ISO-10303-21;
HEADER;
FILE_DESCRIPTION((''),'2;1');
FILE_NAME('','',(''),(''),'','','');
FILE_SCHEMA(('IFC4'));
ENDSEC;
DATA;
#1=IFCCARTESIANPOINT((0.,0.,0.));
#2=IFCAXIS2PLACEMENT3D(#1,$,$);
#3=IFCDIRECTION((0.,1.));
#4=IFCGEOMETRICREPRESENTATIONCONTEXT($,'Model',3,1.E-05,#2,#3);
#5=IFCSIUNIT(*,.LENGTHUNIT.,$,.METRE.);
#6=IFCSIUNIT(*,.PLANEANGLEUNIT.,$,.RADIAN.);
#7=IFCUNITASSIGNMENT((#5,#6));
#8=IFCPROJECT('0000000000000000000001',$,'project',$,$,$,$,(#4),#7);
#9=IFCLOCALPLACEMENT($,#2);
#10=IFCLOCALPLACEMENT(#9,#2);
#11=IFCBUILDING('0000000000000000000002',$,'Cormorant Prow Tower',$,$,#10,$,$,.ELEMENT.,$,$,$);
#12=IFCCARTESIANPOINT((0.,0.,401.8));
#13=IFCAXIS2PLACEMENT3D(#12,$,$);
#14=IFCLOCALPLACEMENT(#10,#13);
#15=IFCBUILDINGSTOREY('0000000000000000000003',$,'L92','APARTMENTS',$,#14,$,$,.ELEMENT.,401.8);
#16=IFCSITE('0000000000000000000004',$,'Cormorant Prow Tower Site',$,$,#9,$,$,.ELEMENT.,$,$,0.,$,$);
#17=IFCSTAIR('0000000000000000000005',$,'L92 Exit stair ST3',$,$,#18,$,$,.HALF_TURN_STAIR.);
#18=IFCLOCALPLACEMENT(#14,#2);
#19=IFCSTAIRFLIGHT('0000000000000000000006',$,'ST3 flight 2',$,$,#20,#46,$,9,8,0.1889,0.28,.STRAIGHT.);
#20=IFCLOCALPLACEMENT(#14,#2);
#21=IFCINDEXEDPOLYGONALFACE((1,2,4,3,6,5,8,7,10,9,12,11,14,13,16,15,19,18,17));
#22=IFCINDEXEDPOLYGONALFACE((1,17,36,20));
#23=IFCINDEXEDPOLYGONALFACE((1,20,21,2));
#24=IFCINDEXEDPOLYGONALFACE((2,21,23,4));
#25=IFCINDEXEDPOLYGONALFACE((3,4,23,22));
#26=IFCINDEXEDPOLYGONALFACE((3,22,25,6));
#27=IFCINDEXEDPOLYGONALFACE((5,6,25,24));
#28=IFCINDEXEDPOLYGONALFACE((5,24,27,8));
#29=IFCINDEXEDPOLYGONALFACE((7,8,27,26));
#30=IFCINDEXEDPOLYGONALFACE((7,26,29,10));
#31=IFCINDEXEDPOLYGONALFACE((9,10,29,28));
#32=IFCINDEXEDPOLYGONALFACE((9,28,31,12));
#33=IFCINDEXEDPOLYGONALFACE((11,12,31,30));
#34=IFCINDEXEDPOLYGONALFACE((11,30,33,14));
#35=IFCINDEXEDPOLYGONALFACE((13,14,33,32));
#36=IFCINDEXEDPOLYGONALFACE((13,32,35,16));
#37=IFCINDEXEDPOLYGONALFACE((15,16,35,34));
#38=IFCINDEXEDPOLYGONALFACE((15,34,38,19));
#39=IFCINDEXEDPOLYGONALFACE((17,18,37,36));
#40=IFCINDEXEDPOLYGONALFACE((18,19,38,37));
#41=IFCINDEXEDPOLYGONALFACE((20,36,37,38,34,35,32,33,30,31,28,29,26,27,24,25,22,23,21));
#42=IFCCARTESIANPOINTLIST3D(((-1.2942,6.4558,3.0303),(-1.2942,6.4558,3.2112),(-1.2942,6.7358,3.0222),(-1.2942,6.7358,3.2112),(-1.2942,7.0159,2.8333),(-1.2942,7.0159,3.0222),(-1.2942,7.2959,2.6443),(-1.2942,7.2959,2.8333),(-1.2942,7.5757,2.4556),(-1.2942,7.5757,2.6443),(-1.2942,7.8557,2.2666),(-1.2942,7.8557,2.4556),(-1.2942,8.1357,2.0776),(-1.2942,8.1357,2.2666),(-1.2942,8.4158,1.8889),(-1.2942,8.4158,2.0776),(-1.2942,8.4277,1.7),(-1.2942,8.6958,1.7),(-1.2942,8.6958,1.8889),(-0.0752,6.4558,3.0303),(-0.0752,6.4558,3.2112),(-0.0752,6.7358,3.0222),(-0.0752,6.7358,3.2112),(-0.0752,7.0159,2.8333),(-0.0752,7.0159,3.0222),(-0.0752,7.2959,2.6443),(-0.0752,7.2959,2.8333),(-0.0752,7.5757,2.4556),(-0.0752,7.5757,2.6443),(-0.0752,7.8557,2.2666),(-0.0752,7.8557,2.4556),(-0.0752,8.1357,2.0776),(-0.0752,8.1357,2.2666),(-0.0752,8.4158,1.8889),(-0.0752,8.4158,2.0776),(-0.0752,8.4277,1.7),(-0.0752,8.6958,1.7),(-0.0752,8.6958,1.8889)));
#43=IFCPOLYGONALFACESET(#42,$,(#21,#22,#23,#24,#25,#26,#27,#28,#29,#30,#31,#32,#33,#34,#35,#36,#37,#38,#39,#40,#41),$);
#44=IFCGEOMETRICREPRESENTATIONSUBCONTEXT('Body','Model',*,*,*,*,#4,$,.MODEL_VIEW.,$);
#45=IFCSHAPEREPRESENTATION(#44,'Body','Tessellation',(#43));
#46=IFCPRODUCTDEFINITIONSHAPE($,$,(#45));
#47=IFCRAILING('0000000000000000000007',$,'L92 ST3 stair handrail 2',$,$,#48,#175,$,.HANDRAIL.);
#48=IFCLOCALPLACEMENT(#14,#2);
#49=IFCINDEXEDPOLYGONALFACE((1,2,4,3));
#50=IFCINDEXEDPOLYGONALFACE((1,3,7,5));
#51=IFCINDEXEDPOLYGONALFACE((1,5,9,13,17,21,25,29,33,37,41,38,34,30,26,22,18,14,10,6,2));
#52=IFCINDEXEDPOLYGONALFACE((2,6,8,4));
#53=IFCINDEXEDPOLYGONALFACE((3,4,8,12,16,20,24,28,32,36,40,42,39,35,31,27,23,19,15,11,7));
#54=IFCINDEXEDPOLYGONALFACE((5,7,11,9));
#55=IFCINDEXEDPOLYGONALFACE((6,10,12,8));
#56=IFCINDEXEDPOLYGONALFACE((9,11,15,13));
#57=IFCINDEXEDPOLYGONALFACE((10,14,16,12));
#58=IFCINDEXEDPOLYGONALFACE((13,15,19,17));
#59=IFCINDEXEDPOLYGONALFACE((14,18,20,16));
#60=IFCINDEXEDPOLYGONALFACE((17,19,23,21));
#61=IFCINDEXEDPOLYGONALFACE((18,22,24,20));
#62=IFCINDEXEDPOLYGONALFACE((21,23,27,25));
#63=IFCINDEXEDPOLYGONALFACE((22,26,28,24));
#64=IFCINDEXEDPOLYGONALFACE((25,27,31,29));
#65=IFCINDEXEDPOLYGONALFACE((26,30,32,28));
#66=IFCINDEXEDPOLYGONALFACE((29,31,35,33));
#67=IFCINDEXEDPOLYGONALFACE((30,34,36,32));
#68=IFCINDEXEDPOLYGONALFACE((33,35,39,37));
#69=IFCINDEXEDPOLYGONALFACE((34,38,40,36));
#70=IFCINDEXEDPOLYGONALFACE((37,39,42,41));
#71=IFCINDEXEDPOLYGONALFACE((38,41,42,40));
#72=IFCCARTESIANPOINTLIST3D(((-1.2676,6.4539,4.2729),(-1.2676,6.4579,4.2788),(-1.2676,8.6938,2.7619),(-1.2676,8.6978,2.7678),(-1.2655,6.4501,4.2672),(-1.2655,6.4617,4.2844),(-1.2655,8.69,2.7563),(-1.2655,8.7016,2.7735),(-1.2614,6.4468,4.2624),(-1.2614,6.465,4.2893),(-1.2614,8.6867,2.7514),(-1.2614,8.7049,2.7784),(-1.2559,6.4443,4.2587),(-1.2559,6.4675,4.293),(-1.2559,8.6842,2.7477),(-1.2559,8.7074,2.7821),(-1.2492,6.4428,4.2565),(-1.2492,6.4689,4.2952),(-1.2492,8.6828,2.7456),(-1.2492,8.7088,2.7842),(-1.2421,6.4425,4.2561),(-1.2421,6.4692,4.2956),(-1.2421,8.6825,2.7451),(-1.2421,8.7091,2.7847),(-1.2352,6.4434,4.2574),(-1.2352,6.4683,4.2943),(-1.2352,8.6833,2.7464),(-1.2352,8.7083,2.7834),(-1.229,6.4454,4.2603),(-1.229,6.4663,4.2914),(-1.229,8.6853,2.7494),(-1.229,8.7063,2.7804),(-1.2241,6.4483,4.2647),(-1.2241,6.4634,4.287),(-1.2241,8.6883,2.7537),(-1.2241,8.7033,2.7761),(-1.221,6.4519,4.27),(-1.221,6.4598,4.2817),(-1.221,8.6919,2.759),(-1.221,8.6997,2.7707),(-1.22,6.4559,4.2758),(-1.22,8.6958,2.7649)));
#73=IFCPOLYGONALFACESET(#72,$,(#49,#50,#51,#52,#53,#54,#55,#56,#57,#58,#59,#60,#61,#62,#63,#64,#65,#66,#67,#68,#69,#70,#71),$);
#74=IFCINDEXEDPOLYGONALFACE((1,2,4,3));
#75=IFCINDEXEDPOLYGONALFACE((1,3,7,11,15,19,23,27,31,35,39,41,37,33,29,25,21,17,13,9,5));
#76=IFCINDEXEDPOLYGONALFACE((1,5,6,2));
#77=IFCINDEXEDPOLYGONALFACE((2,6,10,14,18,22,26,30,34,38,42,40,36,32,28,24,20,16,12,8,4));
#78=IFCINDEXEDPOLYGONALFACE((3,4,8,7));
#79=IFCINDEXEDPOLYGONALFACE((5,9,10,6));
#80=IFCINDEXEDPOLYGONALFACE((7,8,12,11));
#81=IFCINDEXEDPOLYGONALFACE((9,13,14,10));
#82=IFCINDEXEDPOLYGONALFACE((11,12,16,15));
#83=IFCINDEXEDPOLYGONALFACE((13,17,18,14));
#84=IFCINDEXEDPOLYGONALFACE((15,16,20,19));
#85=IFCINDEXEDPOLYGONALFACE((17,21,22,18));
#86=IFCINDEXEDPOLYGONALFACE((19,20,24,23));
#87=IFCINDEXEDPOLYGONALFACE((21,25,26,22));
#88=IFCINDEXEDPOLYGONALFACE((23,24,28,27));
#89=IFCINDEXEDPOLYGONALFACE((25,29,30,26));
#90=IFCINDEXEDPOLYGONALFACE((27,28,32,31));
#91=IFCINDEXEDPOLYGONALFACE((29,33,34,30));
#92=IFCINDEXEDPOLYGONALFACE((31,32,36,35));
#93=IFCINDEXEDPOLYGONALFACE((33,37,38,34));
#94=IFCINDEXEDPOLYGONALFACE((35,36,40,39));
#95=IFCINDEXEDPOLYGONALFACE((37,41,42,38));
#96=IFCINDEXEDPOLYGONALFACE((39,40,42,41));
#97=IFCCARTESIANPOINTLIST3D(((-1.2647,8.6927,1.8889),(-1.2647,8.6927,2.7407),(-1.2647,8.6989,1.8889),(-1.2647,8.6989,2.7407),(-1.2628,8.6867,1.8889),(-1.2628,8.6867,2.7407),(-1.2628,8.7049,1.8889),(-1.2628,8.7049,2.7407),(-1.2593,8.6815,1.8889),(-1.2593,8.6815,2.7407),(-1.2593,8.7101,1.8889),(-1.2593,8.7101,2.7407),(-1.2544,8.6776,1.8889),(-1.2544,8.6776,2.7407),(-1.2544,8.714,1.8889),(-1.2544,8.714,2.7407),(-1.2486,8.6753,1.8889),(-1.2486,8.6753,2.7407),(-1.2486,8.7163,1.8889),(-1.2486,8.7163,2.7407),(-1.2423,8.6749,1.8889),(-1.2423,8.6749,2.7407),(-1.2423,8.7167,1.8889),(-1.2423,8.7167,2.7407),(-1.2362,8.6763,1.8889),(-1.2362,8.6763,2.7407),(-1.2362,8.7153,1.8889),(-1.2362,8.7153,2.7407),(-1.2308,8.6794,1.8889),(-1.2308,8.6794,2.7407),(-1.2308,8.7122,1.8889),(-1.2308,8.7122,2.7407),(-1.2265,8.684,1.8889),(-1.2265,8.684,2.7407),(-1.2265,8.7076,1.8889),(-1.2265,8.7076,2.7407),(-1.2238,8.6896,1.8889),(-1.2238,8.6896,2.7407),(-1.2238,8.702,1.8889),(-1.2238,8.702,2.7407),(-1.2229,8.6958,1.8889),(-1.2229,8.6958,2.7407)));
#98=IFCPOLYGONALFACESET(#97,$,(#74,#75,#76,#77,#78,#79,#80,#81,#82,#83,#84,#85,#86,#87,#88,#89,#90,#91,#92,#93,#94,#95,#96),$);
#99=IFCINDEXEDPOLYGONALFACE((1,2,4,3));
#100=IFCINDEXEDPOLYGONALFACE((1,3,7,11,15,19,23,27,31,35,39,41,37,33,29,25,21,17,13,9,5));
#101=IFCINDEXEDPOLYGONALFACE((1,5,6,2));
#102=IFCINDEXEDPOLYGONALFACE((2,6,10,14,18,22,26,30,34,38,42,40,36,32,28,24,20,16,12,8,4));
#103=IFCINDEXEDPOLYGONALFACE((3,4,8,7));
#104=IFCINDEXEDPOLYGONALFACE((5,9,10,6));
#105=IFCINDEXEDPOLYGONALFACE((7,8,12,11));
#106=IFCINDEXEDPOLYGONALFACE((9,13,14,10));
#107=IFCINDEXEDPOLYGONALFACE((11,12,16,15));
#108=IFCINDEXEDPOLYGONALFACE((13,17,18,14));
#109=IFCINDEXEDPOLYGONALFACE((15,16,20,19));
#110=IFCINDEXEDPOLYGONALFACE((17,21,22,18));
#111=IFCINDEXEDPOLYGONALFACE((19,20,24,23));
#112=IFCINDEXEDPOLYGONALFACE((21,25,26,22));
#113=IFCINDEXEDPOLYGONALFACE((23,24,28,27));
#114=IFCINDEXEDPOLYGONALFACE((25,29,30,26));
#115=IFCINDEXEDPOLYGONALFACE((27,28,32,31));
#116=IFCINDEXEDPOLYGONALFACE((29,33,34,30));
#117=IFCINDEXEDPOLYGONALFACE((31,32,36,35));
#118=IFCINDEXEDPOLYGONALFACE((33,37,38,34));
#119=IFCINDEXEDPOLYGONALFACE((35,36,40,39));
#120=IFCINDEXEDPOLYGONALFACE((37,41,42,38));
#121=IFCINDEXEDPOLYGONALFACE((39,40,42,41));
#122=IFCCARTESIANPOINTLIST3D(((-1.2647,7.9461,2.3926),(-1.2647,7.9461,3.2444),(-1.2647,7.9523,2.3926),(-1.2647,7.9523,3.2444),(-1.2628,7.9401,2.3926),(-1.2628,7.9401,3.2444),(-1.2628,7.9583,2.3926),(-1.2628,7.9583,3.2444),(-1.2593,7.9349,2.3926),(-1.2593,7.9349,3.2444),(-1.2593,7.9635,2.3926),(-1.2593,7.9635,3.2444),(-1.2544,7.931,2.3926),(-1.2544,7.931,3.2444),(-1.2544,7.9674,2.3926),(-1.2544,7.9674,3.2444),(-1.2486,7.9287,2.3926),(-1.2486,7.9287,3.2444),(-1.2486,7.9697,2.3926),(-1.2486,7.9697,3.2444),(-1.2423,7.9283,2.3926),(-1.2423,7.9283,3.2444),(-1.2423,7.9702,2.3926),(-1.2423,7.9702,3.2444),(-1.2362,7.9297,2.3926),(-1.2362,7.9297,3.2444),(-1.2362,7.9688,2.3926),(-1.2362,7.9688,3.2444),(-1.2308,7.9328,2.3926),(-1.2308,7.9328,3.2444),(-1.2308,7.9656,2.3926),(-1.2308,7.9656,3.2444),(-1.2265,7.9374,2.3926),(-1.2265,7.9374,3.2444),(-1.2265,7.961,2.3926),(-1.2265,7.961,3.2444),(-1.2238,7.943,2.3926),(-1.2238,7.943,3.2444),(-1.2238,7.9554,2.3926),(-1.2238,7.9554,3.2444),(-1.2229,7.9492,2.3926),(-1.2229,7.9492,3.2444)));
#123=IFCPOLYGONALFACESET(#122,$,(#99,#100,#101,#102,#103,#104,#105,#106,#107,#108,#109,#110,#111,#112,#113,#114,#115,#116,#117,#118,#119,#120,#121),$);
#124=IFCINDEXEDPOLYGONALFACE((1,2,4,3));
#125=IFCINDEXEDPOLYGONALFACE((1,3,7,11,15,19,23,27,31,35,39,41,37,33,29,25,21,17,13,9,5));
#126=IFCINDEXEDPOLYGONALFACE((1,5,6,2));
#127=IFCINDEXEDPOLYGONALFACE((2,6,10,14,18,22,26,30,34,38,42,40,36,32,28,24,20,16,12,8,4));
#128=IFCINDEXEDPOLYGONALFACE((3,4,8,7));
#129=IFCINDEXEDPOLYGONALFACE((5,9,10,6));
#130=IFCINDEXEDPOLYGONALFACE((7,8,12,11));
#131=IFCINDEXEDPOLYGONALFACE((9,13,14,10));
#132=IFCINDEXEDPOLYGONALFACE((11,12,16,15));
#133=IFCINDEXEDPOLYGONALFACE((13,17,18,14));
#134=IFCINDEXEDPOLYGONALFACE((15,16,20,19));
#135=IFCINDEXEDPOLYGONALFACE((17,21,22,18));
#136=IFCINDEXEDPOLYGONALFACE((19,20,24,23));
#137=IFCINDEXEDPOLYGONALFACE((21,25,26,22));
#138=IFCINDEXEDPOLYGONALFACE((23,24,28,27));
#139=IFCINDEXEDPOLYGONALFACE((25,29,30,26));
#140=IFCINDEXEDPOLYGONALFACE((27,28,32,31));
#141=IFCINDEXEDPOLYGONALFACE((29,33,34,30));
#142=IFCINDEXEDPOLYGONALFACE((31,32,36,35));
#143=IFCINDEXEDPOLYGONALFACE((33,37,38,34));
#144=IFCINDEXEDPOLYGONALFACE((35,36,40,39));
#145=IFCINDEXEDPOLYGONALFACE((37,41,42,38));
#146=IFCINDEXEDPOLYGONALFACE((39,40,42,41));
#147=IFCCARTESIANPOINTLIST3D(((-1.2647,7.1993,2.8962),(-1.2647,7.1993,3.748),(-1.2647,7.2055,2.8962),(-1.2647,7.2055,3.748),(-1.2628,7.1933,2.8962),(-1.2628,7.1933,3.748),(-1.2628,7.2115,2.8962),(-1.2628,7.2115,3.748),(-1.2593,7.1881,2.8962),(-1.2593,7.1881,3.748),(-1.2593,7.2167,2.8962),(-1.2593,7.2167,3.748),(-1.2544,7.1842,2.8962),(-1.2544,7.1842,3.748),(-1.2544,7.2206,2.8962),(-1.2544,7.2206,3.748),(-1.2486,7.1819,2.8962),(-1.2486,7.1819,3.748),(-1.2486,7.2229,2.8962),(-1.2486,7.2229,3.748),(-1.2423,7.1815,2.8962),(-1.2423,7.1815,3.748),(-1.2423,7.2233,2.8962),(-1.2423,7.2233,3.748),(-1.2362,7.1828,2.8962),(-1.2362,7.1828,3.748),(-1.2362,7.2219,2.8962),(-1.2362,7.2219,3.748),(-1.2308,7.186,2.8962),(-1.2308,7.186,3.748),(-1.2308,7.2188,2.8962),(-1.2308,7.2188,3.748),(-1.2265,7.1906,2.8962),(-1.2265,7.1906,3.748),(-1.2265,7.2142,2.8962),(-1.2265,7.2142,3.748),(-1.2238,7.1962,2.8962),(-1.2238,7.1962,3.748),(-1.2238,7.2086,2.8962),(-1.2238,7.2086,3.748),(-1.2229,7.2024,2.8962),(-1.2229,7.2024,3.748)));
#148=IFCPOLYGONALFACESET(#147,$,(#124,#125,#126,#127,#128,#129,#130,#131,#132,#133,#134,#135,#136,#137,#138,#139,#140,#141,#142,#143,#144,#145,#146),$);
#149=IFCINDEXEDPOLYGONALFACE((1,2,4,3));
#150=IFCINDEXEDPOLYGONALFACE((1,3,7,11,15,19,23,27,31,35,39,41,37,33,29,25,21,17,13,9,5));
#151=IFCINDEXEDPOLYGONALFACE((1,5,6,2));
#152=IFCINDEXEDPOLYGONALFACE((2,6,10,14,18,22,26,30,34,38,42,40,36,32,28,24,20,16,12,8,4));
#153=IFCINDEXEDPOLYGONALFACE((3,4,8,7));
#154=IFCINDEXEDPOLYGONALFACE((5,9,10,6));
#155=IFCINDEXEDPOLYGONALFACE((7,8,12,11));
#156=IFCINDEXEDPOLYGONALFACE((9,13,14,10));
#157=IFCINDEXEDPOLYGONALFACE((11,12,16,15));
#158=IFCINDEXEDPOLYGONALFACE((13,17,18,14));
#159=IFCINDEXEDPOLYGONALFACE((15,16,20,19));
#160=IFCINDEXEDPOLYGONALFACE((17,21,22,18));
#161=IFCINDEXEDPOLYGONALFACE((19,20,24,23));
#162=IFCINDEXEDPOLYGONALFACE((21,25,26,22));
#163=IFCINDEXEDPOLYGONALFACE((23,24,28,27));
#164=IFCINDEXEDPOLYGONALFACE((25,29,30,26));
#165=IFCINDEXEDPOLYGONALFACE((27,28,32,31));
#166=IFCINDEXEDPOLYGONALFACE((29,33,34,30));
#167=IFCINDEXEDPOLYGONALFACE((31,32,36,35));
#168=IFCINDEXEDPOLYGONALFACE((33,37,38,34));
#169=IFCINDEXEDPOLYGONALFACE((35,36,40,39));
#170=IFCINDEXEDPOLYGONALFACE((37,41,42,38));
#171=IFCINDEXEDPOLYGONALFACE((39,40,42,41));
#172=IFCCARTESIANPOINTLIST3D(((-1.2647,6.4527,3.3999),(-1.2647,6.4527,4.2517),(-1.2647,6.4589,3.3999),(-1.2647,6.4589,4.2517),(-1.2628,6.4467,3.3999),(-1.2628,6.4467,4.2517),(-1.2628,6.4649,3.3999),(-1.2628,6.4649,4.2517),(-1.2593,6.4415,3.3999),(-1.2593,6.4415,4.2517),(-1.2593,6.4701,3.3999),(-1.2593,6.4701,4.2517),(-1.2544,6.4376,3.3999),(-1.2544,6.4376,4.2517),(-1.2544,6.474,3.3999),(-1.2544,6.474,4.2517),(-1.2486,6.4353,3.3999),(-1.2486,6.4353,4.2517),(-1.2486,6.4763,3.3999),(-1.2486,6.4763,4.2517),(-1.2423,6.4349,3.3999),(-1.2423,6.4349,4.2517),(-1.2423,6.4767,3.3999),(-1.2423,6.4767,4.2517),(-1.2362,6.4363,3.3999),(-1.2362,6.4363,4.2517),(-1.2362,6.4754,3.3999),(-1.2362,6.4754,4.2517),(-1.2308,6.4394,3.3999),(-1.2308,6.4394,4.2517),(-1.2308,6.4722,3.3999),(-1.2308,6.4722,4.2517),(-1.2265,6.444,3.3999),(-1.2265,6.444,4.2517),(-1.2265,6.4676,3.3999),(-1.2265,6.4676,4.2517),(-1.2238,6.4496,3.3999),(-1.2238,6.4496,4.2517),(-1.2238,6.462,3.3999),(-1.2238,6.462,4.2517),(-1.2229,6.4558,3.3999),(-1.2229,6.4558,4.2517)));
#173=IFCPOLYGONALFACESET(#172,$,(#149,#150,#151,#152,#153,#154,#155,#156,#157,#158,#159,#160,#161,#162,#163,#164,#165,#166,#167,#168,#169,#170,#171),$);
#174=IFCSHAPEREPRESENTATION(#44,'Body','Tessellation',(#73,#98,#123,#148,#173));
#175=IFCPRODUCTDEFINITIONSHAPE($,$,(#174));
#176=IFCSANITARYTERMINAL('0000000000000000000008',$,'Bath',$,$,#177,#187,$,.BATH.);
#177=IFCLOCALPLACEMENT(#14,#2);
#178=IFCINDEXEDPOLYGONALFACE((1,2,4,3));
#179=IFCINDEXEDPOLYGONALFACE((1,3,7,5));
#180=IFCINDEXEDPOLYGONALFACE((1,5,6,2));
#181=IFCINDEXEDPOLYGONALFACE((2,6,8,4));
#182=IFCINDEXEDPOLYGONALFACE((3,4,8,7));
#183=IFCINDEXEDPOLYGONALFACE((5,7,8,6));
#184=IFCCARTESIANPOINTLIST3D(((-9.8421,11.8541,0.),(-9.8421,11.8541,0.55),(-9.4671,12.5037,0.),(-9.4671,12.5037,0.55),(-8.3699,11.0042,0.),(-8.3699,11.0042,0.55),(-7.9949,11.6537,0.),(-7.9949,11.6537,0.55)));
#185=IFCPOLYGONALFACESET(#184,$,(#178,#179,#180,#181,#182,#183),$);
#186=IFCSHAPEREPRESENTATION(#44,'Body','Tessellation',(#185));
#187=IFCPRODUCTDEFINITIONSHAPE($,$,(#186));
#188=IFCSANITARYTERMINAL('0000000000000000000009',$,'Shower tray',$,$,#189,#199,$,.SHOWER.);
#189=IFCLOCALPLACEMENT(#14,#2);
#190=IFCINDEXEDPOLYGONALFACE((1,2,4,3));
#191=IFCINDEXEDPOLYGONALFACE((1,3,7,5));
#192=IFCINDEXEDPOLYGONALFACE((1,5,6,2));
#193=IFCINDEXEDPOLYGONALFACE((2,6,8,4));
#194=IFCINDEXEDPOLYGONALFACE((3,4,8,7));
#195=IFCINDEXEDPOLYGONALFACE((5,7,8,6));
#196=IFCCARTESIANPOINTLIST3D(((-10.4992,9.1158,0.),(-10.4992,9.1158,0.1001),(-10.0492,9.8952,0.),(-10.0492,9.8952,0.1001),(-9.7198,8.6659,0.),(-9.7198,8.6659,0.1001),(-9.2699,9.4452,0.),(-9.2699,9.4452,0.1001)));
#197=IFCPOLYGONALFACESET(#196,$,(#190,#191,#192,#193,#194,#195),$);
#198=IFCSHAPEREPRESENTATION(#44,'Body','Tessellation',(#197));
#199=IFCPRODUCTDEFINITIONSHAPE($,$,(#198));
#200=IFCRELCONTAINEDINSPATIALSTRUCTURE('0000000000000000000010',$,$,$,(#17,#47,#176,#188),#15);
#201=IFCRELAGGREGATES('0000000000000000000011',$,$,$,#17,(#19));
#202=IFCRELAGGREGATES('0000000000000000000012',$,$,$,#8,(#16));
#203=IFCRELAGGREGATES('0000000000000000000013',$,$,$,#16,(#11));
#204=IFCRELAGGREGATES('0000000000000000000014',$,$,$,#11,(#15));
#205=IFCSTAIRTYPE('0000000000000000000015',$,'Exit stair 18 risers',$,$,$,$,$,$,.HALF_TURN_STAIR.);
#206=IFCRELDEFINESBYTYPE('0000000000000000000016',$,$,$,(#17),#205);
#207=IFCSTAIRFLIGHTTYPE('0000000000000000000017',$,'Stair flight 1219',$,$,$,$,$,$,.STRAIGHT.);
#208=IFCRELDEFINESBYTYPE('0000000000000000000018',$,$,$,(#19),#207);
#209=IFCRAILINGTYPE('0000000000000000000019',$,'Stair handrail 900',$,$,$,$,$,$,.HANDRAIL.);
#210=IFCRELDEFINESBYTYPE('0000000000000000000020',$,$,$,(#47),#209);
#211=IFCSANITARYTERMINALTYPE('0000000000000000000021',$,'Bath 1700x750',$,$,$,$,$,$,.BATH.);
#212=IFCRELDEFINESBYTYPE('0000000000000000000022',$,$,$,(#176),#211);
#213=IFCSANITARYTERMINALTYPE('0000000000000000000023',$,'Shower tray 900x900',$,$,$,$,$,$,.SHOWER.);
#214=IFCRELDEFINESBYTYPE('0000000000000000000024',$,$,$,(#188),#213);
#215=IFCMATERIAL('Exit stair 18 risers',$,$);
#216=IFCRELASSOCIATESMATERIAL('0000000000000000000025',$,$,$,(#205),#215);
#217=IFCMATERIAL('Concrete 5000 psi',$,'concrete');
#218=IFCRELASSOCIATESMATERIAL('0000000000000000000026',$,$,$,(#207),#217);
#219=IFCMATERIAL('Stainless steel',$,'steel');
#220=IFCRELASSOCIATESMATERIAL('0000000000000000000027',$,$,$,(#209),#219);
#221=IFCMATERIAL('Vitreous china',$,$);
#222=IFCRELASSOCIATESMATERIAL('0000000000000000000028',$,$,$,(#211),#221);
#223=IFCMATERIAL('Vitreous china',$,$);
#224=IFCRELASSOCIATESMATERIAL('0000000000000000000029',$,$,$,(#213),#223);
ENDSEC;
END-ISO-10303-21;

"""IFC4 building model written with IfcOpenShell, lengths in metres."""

from ifc_helpers import new_model, si_unit, direction, frame, origin, origin_2d, place, context, subcontext, project, spatial, polyline, rectangle, circle, outline, extrude, material, type_object, element, aggregate, save


model = new_model("IFC4")

# Units and contexts
model_context = context("Model", 3, precision=1e-05, world=origin(), true_north=direction((0.0, 1.0)))
body_context = subcontext(model_context, "Body", "Model", "MODEL_VIEW")
ifc_project = project(units=[si_unit("LENGTHUNIT", "METRE"), si_unit("PLANEANGLEUNIT", "RADIAN")], contexts=[model_context])

# Site, building, storey
site_placement = place(None, origin())
site = spatial("IfcSite", under=ifc_project, at=site_placement, Name="Cormorant Prow Tower Site", CompositionType="ELEMENT", RefElevation=0.0)
building_placement = place(site_placement, origin())
building = spatial("IfcBuilding", under=site, at=building_placement, Name="Cormorant Prow Tower", CompositionType="ELEMENT")
storey_placement = place(building_placement, frame((0.0, 0.0, 401.8)))
storey = spatial("IfcBuildingStorey", under=building, at=storey_placement, Name="L92", Description="APARTMENTS", CompositionType="ELEMENT", Elevation=401.8)

# Stair, stair flight
ifc_material_1 = material(Name="Exit stair 18 risers")
stair_type = type_object("IfcStairType", Name="Exit stair 18 risers", PredefinedType="HALF_TURN_STAIR", material=ifc_material_1)
stair_placement = place(storey_placement, origin())
stair = element("IfcStair", 1, at=stair_placement, inside=storey, type_object=stair_type, Name="L92 Exit stair ST3", PredefinedType="HALF_TURN_STAIR")
ifc_material_2 = material(Name="Concrete 5000 psi", Category="concrete")
stair_flight_type = type_object("IfcStairFlightType", Name="Stair flight 1219", PredefinedType="STRAIGHT", material=ifc_material_2)
stair_flight_placement = place(storey_placement, frame((-0.6846, 8.6958, 1.7), z_axis=(0.0, 0.0, 1.0), x_axis=(0.0, -1.0, 0.0)))
stair_flight = element("IfcStairFlight", 2, at=stair_flight_placement, type_object=stair_flight_type, Name="ST3 flight 2", NumberOfRisers=9, NumberOfTreads=8, PredefinedType="STRAIGHT", RiserHeight=0.1889, TreadLength=0.28, context=body_context, shape_type="SweptSolid", body=[
    extrude(outline(polyline([(0.0, 0.0), (0.0, 0.189), (0.28, 0.189), (0.28, 0.3777), (0.5601, 0.3777), (0.5601, 0.5667), (0.8401, 0.5667), (0.8401, 0.7556), (1.1201, 0.7556), (1.1201, 0.9443), (1.3999, 0.9443), (1.3999, 1.1333), (1.6799, 1.1333), (1.6799, 1.3223), (1.96, 1.3223), (1.96, 1.5112), (2.24, 1.5112), (2.24, 1.7), (2.24, 1.3303), (0.2681, 0.0), (0.0, 0.0)])), frame((0.0, 0.6094, 0.0), z_axis=(0.0, -1.0, 0.0), x_axis=(1.0, 0.0, 0.0)), (0.0, 0.0, 1.0), 1.219),
])
aggregate(stair, [stair_flight])

# Railing
ifc_material_3 = material(Name="Stainless steel", Category="steel")
railing_type = type_object("IfcRailingType", Name="Stair handrail 900", PredefinedType="HANDRAIL", material=ifc_material_3)
railing_placement = place(storey_placement, frame((-1.2439, 8.6958, 1.8889)))
element("IfcRailing", 3, at=railing_placement, inside=storey, type_object=railing_type, Name="L92 ST3 stair handrail 2", PredefinedType="HANDRAIL", context=body_context, shape_type="SweptSolid", body=[
    extrude(circle(Radius=0.0239, at=origin_2d()), frame((0.0, 0.0, 0.876), z_axis=(0.0, -0.829021, 0.559217), x_axis=(1.0, 0.0, 0.0)), (0.0, 0.0, 1.0), 2.7019),
    extrude(circle(Radius=0.021, at=origin_2d()), origin(), (0.0, 0.0, 1.0), 0.8518),
    extrude(circle(Radius=0.021, at=origin_2d()), frame((0.0, -0.7466, 0.5037)), (0.0, 0.0, 1.0), 0.8518),
    extrude(circle(Radius=0.021, at=origin_2d()), frame((0.0, -1.4934, 1.0073)), (0.0, 0.0, 1.0), 0.8518),
    extrude(circle(Radius=0.021, at=origin_2d()), frame((0.0, -2.24, 1.511)), (0.0, 0.0, 1.0), 0.8518),
])

# Sanitary terminals
ifc_material_4 = material(Name="Vitreous china")
sanitary_terminal_type_1 = type_object("IfcSanitaryTerminalType", Name="Bath 1700x750", PredefinedType="BATH", material=ifc_material_4)
sanitary_terminal_1_placement = place(storey_placement, frame((-8.9185, 11.7539, 0.0), z_axis=(0.0, 0.0, 1.0), x_axis=(-0.866025, 0.5, 0.0)))
element("IfcSanitaryTerminal", 4, at=sanitary_terminal_1_placement, inside=storey, type_object=sanitary_terminal_type_1, Name="Bath", PredefinedType="BATH", context=body_context, shape_type="SweptSolid", body=[
    extrude(rectangle(XDim=1.7, YDim=0.75, at=origin_2d()), origin(), (0.0, 0.0, 1.0), 0.55),
])
ifc_material_5 = material(Name="Vitreous china")
sanitary_terminal_type_2 = type_object("IfcSanitaryTerminalType", Name="Shower tray 900x900", PredefinedType="SHOWER", material=ifc_material_5)
sanitary_terminal_2_placement = place(storey_placement, frame((-9.8845, 9.2805, 0.0), z_axis=(0.0, 0.0, 1.0), x_axis=(-0.866025, 0.5, 0.0)))
element("IfcSanitaryTerminal", 5, at=sanitary_terminal_2_placement, inside=storey, type_object=sanitary_terminal_type_2, Name="Shower tray", PredefinedType="SHOWER", context=body_context, shape_type="SweptSolid", body=[
    extrude(rectangle(XDim=0.8999, YDim=0.8999, at=origin_2d()), origin(), (0.0, 0.0, 1.0), 0.1001),
])

save(model, "model.ifc")
